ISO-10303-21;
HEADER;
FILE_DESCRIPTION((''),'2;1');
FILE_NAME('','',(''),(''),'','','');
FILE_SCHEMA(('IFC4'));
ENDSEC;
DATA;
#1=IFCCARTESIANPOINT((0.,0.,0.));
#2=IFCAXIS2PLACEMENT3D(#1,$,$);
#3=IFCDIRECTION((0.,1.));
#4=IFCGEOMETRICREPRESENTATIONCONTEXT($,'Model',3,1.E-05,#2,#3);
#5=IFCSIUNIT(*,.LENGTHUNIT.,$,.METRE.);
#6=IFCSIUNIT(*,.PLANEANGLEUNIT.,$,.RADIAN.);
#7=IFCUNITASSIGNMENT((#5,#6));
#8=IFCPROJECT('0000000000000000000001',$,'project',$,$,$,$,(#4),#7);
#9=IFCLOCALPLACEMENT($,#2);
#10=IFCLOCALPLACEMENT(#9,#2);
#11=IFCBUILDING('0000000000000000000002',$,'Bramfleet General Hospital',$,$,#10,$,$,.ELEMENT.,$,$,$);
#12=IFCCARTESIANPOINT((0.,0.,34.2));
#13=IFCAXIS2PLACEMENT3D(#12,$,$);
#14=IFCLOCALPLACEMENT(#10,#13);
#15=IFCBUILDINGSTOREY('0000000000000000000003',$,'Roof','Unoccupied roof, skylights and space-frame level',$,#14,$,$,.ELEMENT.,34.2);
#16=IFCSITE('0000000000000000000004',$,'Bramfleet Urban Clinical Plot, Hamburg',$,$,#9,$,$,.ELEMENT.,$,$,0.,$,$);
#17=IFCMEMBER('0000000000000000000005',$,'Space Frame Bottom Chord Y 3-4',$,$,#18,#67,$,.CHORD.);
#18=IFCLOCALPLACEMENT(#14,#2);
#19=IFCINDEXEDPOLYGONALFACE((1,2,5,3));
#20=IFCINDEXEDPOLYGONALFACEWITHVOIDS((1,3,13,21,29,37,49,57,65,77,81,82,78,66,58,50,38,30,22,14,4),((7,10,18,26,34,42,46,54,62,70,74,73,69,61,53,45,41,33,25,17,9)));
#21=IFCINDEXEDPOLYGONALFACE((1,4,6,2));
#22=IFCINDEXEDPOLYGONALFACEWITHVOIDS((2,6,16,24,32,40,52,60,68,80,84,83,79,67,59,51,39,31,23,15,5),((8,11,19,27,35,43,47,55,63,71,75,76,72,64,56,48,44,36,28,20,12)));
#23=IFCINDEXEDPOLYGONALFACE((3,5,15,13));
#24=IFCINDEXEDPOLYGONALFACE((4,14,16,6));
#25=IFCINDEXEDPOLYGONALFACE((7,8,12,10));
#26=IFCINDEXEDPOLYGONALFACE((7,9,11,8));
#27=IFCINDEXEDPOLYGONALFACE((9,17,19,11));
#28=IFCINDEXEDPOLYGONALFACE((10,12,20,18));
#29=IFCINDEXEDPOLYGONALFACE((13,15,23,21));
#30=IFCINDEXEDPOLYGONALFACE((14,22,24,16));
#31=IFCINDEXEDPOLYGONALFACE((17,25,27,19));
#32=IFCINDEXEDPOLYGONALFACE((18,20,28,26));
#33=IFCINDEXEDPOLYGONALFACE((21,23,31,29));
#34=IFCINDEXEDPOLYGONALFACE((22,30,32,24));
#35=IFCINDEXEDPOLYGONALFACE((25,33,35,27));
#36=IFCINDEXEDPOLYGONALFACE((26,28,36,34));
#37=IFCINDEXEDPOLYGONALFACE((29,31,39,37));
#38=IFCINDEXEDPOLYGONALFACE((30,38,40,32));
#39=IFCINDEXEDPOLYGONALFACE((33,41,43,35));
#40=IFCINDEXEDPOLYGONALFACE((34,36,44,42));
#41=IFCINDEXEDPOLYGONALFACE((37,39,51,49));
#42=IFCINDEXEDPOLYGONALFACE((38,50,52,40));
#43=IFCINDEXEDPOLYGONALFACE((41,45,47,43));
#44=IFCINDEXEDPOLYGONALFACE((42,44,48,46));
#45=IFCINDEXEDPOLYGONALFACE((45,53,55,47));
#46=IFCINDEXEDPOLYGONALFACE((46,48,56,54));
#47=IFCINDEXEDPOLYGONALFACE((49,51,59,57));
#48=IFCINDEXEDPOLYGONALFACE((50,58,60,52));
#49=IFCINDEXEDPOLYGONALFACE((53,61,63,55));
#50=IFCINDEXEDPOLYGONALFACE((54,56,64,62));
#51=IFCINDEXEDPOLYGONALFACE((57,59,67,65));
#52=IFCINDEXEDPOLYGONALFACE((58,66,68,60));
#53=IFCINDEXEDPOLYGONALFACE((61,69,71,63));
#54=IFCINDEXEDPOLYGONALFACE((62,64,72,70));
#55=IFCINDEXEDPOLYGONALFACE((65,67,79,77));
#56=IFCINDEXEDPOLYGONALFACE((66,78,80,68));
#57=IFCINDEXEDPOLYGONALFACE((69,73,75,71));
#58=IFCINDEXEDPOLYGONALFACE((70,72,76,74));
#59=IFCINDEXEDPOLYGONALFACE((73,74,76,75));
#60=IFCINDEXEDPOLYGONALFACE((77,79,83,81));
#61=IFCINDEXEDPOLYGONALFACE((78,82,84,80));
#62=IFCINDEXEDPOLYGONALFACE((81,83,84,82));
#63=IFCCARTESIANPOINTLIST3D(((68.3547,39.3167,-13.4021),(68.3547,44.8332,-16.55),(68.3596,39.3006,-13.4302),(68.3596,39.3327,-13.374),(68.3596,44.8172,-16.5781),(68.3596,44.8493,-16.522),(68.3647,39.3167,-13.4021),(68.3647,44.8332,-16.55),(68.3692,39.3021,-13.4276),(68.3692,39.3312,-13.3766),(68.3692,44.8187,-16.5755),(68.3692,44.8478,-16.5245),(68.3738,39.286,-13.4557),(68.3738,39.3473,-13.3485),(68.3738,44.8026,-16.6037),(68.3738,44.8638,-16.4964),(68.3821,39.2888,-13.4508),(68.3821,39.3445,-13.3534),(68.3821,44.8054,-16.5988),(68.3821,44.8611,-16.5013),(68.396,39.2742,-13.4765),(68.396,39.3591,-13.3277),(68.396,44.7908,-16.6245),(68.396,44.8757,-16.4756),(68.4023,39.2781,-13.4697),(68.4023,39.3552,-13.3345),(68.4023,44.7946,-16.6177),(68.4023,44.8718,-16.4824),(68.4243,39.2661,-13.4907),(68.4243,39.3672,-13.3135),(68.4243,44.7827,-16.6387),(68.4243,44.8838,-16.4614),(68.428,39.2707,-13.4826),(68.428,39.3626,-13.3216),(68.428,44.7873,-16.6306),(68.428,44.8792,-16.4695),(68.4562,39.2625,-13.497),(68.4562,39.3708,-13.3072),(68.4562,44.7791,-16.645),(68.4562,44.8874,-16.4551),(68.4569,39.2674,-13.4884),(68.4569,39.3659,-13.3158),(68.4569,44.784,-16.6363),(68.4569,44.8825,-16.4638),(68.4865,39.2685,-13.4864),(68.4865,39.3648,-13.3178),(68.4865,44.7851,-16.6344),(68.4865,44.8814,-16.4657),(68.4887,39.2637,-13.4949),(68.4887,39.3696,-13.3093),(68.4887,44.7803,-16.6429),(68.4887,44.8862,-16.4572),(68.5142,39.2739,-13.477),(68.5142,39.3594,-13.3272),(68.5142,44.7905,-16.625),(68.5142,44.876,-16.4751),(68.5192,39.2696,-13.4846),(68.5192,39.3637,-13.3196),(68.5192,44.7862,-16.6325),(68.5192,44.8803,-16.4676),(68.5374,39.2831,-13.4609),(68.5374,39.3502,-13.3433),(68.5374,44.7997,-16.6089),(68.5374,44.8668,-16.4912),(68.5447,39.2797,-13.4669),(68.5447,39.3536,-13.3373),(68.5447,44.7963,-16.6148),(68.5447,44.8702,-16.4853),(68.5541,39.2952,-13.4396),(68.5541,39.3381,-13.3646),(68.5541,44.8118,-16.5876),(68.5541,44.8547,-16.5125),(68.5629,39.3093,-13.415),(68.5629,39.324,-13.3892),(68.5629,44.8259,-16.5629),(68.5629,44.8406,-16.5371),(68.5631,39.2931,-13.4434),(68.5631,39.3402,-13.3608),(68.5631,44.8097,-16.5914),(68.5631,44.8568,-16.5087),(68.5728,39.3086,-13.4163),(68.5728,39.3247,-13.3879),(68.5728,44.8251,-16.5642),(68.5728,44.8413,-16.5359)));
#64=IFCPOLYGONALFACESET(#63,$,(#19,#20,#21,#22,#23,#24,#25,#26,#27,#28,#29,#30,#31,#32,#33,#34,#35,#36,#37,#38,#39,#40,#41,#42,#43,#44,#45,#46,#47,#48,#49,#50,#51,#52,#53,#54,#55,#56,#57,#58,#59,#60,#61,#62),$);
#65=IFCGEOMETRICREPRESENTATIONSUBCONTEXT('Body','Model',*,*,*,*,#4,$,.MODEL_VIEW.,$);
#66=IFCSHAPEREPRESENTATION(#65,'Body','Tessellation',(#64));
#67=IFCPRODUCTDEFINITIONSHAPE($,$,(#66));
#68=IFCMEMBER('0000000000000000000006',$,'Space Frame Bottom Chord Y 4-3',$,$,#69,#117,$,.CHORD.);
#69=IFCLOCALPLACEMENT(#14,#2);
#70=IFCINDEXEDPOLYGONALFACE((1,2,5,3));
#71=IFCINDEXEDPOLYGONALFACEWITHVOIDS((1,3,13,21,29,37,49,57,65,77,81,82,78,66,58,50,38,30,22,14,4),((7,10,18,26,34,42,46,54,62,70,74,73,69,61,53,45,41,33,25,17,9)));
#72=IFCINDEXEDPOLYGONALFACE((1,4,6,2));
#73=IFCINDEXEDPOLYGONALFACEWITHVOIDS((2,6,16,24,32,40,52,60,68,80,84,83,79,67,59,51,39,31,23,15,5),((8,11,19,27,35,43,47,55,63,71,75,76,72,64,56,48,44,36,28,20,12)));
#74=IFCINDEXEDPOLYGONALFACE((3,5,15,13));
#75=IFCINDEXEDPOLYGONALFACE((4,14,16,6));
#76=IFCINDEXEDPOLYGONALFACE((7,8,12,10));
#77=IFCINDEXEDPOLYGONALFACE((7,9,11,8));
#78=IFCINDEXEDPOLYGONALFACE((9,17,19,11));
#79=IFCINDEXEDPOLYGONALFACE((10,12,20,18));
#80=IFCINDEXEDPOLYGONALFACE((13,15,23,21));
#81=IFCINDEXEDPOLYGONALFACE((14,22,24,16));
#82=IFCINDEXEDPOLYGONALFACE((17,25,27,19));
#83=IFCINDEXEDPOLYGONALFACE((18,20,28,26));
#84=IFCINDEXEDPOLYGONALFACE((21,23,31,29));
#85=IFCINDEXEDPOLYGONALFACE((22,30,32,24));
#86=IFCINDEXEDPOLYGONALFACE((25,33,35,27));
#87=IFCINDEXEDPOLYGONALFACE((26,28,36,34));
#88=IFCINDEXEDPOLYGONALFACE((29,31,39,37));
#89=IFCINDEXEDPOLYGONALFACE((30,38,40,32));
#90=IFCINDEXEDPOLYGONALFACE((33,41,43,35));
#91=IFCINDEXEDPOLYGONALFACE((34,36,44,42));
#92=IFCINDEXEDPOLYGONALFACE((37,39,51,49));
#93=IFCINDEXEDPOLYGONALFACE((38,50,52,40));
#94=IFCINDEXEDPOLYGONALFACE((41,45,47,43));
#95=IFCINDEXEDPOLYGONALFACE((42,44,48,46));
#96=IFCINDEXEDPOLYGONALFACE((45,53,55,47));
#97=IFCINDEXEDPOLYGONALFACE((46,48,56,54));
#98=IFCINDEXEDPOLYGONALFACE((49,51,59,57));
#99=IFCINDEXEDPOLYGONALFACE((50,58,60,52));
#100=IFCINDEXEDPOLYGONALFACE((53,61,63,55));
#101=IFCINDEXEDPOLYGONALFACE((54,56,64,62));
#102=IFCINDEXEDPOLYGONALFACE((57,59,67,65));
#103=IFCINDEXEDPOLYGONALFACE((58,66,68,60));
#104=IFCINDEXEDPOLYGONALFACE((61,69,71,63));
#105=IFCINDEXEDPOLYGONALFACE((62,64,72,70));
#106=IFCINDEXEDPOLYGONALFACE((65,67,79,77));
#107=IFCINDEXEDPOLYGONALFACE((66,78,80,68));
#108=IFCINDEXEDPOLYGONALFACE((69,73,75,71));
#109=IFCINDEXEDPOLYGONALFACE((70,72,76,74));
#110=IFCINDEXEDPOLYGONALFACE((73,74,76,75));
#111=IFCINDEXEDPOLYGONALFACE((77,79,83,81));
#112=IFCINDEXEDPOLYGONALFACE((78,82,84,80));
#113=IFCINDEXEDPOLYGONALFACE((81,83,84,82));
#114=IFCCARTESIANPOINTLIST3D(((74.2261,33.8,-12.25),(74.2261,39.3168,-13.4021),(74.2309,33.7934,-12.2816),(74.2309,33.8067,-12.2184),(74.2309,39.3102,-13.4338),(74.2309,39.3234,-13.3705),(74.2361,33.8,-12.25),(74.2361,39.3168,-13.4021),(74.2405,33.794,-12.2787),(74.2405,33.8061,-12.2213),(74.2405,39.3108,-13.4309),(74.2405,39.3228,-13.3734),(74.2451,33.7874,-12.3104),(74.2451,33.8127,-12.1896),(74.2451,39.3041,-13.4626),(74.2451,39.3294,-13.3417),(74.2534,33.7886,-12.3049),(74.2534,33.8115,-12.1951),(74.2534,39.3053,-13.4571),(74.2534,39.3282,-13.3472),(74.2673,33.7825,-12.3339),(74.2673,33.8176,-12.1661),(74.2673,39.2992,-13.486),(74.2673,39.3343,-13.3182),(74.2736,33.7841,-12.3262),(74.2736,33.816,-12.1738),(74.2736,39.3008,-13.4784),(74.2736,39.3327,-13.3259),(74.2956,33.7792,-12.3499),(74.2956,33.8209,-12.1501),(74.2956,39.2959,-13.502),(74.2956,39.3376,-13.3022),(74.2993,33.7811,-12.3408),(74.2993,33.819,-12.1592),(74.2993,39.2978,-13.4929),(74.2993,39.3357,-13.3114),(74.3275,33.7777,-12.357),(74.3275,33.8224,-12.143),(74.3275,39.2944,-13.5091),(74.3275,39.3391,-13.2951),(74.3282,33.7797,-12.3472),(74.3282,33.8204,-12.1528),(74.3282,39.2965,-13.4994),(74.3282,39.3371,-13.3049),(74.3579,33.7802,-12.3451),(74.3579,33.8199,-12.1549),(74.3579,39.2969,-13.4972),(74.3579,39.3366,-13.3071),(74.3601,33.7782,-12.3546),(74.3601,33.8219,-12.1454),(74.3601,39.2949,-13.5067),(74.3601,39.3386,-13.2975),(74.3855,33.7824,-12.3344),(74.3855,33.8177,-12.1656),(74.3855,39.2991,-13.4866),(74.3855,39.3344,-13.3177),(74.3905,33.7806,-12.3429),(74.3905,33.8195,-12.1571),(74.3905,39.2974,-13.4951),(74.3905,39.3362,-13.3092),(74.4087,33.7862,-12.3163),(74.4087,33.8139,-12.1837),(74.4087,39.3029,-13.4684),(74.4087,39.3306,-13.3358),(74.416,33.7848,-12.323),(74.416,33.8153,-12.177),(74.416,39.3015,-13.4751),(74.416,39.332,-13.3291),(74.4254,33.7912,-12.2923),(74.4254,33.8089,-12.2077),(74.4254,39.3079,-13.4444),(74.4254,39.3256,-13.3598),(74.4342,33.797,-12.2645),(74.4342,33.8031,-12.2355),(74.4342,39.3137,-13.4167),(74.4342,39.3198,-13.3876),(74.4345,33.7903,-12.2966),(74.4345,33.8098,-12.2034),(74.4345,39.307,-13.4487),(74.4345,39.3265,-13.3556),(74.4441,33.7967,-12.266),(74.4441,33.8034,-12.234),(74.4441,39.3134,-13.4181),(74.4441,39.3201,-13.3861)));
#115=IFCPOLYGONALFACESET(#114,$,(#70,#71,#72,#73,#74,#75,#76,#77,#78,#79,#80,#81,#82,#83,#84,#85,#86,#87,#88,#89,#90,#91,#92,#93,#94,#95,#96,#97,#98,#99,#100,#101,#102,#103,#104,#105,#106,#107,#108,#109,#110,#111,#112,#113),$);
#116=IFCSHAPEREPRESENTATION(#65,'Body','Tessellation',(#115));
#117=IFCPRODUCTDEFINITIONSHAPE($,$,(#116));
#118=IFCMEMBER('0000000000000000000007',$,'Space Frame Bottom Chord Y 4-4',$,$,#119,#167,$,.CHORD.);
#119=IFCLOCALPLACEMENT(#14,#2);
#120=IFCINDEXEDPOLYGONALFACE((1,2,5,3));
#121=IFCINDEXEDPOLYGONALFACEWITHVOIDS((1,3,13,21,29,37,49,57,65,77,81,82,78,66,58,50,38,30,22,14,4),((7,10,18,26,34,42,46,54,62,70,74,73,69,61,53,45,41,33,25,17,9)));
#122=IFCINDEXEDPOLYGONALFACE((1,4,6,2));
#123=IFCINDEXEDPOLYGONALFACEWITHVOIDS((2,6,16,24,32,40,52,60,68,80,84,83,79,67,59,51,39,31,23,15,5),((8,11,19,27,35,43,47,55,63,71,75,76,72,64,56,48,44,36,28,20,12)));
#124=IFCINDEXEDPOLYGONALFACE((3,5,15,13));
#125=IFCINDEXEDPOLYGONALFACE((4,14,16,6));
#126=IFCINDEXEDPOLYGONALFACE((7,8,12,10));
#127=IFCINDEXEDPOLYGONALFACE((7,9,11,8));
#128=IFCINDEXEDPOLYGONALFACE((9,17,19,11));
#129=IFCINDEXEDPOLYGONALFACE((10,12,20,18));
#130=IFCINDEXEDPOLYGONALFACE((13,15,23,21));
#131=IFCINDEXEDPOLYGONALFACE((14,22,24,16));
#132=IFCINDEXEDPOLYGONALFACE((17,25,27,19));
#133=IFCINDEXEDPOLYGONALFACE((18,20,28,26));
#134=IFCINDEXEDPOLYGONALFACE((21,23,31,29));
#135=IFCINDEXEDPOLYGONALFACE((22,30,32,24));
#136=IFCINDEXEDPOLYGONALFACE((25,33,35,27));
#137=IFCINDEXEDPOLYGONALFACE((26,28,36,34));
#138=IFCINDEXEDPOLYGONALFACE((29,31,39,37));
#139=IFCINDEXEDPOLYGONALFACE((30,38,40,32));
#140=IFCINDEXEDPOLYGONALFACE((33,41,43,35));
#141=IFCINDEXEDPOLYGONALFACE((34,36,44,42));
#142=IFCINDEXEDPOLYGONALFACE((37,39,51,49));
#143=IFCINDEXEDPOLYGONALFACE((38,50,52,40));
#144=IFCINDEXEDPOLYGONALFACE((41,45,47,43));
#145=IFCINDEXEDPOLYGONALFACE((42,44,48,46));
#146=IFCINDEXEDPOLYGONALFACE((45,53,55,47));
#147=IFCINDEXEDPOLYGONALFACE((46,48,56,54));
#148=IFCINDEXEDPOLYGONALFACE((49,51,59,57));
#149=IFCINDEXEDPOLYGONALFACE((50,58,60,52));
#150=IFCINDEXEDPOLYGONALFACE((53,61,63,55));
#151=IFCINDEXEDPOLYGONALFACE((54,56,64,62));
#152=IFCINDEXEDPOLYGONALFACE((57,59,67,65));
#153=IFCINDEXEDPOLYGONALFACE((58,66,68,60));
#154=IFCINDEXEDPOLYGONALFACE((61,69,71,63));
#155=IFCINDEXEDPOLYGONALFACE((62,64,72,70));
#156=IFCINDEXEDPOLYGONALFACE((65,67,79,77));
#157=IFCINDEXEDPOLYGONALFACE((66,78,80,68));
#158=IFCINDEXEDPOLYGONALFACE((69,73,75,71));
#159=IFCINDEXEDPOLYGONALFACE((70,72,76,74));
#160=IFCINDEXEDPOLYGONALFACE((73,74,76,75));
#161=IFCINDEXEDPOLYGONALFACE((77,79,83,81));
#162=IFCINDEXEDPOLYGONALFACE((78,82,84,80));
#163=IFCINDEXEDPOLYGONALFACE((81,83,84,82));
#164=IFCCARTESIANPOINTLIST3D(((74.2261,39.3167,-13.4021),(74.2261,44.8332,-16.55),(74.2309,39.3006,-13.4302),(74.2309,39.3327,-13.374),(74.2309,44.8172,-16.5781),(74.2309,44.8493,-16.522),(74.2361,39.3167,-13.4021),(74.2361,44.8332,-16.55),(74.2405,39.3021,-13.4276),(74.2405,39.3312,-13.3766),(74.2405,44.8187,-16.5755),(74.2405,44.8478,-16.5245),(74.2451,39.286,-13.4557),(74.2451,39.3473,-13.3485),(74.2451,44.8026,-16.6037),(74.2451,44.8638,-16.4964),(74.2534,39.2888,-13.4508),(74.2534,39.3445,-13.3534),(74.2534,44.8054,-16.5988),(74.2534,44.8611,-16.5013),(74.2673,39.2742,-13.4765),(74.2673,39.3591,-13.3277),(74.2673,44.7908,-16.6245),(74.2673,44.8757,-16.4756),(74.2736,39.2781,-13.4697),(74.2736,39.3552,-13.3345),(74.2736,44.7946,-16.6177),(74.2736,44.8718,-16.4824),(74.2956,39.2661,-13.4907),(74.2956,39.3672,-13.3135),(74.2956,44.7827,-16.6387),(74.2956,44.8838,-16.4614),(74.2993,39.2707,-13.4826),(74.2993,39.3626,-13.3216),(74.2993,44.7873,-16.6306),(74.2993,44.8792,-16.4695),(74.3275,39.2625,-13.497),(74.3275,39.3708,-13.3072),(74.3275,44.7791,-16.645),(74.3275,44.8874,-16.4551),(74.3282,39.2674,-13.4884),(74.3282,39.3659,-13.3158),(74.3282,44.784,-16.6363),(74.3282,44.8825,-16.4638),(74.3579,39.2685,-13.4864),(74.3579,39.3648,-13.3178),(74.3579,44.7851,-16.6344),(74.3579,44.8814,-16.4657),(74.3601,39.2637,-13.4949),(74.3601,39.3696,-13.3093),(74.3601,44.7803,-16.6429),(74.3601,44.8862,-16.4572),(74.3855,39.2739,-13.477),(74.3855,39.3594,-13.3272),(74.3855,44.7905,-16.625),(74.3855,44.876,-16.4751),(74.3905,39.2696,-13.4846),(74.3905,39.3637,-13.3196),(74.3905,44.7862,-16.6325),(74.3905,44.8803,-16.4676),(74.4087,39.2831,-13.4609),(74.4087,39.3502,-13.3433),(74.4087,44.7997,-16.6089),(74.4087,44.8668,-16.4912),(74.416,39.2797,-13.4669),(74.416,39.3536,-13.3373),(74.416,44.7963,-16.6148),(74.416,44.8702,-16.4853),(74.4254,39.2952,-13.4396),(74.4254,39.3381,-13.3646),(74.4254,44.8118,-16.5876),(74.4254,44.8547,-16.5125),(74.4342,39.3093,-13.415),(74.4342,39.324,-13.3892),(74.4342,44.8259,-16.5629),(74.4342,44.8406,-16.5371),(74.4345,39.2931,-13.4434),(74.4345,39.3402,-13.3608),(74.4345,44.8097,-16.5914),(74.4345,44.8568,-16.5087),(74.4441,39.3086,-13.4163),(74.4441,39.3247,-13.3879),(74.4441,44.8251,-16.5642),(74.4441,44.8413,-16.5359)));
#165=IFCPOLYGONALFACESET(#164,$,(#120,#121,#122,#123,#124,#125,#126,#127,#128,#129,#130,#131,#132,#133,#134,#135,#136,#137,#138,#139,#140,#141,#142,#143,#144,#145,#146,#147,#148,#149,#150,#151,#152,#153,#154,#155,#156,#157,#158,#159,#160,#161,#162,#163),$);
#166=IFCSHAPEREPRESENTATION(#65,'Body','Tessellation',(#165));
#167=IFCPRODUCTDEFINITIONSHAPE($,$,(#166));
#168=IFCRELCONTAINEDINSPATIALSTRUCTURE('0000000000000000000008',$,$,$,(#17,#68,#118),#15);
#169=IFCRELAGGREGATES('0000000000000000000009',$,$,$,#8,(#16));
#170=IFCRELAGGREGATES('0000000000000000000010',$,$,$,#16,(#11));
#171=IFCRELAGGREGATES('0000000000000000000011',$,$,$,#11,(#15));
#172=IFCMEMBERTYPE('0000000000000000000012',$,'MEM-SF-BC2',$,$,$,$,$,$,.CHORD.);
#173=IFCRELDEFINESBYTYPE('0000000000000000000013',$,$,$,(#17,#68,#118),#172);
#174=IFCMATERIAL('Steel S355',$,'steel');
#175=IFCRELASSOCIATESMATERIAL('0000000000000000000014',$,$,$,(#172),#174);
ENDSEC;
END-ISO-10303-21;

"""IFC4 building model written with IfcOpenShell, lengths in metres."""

from ifc_helpers import new_model, si_unit, direction, frame, origin, origin_2d, place, context, subcontext, project, spatial, hollow_circle, extrude, material, material_profile, profile_set, type_object, element, save


model = new_model("IFC4")

# Units and contexts
model_context = context("Model", 3, precision=1e-05, world=origin(), true_north=direction((0.0, 1.0)))
body_context = subcontext(model_context, "Body", "Model", "MODEL_VIEW")
ifc_project = project(units=[si_unit("LENGTHUNIT", "METRE"), si_unit("PLANEANGLEUNIT", "RADIAN")], contexts=[model_context])

# Site, building, storey
site_placement = place(None, origin())
site = spatial("IfcSite", under=ifc_project, at=site_placement, Name="Bramfleet Urban Clinical Plot, Hamburg", CompositionType="ELEMENT", RefElevation=0.0)
building_placement = place(site_placement, origin())
building = spatial("IfcBuilding", under=site, at=building_placement, Name="Bramfleet General Hospital", CompositionType="ELEMENT")
storey_placement = place(building_placement, frame((0.0, 0.0, 34.2)))
storey = spatial("IfcBuildingStorey", under=building, at=storey_placement, Name="Roof", Description="Unoccupied roof, skylights and space-frame level", CompositionType="ELEMENT", Elevation=34.2)

# Members
ifc_material = material(Name="Steel S355", Category="steel")
ifc_material_profile_1 = material_profile(ifc_material, hollow_circle(Radius=0.1096, WallThickness=0.01, at=origin_2d()), Name="CHS 219.1x10.0")
ifc_profile_set_1 = profile_set([ifc_material_profile_1], Name="Steel S355")
member_type_1 = type_object("IfcMemberType", Name="MEM-SF-BC2", PredefinedType="CHORD", material=ifc_profile_set_1)
member_1_placement = place(storey_placement, frame((68.4644, 39.3167, -13.4021), z_axis=(0.0, 0.868541, -0.495617), x_axis=(-1.0, 0.0, 0.0)))
element("IfcMember", 1, at=member_1_placement, inside=storey, type_object=member_type_1, Name="Space Frame Bottom Chord Y 3-4", PredefinedType="CHORD", context=body_context, shape_type="SweptSolid", body=[
    extrude(hollow_circle(Radius=0.1096, WallThickness=0.01, at=origin_2d()), origin(), (0.0, 0.0, 1.0), 6.3516),
])
member_2_placement = place(storey_placement, frame((74.3357, 33.8, -12.25), z_axis=(0.0, 0.978881, -0.204432), x_axis=(-1.0, 0.0, 0.0)))
element("IfcMember", 2, at=member_2_placement, inside=storey, type_object=member_type_1, Name="Space Frame Bottom Chord Y 4-3", PredefinedType="CHORD", context=body_context, shape_type="SweptSolid", body=[
    extrude(hollow_circle(Radius=0.1096, WallThickness=0.01, at=origin_2d()), origin(), (0.0, 0.0, 1.0), 5.6357),
])
member_3_placement = place(storey_placement, frame((74.3357, 39.3167, -13.4021), z_axis=(0.0, 0.868541, -0.495617), x_axis=(-1.0, 0.0, 0.0)))
element("IfcMember", 3, at=member_3_placement, inside=storey, type_object=member_type_1, Name="Space Frame Bottom Chord Y 4-4", PredefinedType="CHORD", context=body_context, shape_type="SweptSolid", body=[
    extrude(hollow_circle(Radius=0.1096, WallThickness=0.01, at=origin_2d()), origin(), (0.0, 0.0, 1.0), 6.3516),
])

save(model, "model.ifc")
